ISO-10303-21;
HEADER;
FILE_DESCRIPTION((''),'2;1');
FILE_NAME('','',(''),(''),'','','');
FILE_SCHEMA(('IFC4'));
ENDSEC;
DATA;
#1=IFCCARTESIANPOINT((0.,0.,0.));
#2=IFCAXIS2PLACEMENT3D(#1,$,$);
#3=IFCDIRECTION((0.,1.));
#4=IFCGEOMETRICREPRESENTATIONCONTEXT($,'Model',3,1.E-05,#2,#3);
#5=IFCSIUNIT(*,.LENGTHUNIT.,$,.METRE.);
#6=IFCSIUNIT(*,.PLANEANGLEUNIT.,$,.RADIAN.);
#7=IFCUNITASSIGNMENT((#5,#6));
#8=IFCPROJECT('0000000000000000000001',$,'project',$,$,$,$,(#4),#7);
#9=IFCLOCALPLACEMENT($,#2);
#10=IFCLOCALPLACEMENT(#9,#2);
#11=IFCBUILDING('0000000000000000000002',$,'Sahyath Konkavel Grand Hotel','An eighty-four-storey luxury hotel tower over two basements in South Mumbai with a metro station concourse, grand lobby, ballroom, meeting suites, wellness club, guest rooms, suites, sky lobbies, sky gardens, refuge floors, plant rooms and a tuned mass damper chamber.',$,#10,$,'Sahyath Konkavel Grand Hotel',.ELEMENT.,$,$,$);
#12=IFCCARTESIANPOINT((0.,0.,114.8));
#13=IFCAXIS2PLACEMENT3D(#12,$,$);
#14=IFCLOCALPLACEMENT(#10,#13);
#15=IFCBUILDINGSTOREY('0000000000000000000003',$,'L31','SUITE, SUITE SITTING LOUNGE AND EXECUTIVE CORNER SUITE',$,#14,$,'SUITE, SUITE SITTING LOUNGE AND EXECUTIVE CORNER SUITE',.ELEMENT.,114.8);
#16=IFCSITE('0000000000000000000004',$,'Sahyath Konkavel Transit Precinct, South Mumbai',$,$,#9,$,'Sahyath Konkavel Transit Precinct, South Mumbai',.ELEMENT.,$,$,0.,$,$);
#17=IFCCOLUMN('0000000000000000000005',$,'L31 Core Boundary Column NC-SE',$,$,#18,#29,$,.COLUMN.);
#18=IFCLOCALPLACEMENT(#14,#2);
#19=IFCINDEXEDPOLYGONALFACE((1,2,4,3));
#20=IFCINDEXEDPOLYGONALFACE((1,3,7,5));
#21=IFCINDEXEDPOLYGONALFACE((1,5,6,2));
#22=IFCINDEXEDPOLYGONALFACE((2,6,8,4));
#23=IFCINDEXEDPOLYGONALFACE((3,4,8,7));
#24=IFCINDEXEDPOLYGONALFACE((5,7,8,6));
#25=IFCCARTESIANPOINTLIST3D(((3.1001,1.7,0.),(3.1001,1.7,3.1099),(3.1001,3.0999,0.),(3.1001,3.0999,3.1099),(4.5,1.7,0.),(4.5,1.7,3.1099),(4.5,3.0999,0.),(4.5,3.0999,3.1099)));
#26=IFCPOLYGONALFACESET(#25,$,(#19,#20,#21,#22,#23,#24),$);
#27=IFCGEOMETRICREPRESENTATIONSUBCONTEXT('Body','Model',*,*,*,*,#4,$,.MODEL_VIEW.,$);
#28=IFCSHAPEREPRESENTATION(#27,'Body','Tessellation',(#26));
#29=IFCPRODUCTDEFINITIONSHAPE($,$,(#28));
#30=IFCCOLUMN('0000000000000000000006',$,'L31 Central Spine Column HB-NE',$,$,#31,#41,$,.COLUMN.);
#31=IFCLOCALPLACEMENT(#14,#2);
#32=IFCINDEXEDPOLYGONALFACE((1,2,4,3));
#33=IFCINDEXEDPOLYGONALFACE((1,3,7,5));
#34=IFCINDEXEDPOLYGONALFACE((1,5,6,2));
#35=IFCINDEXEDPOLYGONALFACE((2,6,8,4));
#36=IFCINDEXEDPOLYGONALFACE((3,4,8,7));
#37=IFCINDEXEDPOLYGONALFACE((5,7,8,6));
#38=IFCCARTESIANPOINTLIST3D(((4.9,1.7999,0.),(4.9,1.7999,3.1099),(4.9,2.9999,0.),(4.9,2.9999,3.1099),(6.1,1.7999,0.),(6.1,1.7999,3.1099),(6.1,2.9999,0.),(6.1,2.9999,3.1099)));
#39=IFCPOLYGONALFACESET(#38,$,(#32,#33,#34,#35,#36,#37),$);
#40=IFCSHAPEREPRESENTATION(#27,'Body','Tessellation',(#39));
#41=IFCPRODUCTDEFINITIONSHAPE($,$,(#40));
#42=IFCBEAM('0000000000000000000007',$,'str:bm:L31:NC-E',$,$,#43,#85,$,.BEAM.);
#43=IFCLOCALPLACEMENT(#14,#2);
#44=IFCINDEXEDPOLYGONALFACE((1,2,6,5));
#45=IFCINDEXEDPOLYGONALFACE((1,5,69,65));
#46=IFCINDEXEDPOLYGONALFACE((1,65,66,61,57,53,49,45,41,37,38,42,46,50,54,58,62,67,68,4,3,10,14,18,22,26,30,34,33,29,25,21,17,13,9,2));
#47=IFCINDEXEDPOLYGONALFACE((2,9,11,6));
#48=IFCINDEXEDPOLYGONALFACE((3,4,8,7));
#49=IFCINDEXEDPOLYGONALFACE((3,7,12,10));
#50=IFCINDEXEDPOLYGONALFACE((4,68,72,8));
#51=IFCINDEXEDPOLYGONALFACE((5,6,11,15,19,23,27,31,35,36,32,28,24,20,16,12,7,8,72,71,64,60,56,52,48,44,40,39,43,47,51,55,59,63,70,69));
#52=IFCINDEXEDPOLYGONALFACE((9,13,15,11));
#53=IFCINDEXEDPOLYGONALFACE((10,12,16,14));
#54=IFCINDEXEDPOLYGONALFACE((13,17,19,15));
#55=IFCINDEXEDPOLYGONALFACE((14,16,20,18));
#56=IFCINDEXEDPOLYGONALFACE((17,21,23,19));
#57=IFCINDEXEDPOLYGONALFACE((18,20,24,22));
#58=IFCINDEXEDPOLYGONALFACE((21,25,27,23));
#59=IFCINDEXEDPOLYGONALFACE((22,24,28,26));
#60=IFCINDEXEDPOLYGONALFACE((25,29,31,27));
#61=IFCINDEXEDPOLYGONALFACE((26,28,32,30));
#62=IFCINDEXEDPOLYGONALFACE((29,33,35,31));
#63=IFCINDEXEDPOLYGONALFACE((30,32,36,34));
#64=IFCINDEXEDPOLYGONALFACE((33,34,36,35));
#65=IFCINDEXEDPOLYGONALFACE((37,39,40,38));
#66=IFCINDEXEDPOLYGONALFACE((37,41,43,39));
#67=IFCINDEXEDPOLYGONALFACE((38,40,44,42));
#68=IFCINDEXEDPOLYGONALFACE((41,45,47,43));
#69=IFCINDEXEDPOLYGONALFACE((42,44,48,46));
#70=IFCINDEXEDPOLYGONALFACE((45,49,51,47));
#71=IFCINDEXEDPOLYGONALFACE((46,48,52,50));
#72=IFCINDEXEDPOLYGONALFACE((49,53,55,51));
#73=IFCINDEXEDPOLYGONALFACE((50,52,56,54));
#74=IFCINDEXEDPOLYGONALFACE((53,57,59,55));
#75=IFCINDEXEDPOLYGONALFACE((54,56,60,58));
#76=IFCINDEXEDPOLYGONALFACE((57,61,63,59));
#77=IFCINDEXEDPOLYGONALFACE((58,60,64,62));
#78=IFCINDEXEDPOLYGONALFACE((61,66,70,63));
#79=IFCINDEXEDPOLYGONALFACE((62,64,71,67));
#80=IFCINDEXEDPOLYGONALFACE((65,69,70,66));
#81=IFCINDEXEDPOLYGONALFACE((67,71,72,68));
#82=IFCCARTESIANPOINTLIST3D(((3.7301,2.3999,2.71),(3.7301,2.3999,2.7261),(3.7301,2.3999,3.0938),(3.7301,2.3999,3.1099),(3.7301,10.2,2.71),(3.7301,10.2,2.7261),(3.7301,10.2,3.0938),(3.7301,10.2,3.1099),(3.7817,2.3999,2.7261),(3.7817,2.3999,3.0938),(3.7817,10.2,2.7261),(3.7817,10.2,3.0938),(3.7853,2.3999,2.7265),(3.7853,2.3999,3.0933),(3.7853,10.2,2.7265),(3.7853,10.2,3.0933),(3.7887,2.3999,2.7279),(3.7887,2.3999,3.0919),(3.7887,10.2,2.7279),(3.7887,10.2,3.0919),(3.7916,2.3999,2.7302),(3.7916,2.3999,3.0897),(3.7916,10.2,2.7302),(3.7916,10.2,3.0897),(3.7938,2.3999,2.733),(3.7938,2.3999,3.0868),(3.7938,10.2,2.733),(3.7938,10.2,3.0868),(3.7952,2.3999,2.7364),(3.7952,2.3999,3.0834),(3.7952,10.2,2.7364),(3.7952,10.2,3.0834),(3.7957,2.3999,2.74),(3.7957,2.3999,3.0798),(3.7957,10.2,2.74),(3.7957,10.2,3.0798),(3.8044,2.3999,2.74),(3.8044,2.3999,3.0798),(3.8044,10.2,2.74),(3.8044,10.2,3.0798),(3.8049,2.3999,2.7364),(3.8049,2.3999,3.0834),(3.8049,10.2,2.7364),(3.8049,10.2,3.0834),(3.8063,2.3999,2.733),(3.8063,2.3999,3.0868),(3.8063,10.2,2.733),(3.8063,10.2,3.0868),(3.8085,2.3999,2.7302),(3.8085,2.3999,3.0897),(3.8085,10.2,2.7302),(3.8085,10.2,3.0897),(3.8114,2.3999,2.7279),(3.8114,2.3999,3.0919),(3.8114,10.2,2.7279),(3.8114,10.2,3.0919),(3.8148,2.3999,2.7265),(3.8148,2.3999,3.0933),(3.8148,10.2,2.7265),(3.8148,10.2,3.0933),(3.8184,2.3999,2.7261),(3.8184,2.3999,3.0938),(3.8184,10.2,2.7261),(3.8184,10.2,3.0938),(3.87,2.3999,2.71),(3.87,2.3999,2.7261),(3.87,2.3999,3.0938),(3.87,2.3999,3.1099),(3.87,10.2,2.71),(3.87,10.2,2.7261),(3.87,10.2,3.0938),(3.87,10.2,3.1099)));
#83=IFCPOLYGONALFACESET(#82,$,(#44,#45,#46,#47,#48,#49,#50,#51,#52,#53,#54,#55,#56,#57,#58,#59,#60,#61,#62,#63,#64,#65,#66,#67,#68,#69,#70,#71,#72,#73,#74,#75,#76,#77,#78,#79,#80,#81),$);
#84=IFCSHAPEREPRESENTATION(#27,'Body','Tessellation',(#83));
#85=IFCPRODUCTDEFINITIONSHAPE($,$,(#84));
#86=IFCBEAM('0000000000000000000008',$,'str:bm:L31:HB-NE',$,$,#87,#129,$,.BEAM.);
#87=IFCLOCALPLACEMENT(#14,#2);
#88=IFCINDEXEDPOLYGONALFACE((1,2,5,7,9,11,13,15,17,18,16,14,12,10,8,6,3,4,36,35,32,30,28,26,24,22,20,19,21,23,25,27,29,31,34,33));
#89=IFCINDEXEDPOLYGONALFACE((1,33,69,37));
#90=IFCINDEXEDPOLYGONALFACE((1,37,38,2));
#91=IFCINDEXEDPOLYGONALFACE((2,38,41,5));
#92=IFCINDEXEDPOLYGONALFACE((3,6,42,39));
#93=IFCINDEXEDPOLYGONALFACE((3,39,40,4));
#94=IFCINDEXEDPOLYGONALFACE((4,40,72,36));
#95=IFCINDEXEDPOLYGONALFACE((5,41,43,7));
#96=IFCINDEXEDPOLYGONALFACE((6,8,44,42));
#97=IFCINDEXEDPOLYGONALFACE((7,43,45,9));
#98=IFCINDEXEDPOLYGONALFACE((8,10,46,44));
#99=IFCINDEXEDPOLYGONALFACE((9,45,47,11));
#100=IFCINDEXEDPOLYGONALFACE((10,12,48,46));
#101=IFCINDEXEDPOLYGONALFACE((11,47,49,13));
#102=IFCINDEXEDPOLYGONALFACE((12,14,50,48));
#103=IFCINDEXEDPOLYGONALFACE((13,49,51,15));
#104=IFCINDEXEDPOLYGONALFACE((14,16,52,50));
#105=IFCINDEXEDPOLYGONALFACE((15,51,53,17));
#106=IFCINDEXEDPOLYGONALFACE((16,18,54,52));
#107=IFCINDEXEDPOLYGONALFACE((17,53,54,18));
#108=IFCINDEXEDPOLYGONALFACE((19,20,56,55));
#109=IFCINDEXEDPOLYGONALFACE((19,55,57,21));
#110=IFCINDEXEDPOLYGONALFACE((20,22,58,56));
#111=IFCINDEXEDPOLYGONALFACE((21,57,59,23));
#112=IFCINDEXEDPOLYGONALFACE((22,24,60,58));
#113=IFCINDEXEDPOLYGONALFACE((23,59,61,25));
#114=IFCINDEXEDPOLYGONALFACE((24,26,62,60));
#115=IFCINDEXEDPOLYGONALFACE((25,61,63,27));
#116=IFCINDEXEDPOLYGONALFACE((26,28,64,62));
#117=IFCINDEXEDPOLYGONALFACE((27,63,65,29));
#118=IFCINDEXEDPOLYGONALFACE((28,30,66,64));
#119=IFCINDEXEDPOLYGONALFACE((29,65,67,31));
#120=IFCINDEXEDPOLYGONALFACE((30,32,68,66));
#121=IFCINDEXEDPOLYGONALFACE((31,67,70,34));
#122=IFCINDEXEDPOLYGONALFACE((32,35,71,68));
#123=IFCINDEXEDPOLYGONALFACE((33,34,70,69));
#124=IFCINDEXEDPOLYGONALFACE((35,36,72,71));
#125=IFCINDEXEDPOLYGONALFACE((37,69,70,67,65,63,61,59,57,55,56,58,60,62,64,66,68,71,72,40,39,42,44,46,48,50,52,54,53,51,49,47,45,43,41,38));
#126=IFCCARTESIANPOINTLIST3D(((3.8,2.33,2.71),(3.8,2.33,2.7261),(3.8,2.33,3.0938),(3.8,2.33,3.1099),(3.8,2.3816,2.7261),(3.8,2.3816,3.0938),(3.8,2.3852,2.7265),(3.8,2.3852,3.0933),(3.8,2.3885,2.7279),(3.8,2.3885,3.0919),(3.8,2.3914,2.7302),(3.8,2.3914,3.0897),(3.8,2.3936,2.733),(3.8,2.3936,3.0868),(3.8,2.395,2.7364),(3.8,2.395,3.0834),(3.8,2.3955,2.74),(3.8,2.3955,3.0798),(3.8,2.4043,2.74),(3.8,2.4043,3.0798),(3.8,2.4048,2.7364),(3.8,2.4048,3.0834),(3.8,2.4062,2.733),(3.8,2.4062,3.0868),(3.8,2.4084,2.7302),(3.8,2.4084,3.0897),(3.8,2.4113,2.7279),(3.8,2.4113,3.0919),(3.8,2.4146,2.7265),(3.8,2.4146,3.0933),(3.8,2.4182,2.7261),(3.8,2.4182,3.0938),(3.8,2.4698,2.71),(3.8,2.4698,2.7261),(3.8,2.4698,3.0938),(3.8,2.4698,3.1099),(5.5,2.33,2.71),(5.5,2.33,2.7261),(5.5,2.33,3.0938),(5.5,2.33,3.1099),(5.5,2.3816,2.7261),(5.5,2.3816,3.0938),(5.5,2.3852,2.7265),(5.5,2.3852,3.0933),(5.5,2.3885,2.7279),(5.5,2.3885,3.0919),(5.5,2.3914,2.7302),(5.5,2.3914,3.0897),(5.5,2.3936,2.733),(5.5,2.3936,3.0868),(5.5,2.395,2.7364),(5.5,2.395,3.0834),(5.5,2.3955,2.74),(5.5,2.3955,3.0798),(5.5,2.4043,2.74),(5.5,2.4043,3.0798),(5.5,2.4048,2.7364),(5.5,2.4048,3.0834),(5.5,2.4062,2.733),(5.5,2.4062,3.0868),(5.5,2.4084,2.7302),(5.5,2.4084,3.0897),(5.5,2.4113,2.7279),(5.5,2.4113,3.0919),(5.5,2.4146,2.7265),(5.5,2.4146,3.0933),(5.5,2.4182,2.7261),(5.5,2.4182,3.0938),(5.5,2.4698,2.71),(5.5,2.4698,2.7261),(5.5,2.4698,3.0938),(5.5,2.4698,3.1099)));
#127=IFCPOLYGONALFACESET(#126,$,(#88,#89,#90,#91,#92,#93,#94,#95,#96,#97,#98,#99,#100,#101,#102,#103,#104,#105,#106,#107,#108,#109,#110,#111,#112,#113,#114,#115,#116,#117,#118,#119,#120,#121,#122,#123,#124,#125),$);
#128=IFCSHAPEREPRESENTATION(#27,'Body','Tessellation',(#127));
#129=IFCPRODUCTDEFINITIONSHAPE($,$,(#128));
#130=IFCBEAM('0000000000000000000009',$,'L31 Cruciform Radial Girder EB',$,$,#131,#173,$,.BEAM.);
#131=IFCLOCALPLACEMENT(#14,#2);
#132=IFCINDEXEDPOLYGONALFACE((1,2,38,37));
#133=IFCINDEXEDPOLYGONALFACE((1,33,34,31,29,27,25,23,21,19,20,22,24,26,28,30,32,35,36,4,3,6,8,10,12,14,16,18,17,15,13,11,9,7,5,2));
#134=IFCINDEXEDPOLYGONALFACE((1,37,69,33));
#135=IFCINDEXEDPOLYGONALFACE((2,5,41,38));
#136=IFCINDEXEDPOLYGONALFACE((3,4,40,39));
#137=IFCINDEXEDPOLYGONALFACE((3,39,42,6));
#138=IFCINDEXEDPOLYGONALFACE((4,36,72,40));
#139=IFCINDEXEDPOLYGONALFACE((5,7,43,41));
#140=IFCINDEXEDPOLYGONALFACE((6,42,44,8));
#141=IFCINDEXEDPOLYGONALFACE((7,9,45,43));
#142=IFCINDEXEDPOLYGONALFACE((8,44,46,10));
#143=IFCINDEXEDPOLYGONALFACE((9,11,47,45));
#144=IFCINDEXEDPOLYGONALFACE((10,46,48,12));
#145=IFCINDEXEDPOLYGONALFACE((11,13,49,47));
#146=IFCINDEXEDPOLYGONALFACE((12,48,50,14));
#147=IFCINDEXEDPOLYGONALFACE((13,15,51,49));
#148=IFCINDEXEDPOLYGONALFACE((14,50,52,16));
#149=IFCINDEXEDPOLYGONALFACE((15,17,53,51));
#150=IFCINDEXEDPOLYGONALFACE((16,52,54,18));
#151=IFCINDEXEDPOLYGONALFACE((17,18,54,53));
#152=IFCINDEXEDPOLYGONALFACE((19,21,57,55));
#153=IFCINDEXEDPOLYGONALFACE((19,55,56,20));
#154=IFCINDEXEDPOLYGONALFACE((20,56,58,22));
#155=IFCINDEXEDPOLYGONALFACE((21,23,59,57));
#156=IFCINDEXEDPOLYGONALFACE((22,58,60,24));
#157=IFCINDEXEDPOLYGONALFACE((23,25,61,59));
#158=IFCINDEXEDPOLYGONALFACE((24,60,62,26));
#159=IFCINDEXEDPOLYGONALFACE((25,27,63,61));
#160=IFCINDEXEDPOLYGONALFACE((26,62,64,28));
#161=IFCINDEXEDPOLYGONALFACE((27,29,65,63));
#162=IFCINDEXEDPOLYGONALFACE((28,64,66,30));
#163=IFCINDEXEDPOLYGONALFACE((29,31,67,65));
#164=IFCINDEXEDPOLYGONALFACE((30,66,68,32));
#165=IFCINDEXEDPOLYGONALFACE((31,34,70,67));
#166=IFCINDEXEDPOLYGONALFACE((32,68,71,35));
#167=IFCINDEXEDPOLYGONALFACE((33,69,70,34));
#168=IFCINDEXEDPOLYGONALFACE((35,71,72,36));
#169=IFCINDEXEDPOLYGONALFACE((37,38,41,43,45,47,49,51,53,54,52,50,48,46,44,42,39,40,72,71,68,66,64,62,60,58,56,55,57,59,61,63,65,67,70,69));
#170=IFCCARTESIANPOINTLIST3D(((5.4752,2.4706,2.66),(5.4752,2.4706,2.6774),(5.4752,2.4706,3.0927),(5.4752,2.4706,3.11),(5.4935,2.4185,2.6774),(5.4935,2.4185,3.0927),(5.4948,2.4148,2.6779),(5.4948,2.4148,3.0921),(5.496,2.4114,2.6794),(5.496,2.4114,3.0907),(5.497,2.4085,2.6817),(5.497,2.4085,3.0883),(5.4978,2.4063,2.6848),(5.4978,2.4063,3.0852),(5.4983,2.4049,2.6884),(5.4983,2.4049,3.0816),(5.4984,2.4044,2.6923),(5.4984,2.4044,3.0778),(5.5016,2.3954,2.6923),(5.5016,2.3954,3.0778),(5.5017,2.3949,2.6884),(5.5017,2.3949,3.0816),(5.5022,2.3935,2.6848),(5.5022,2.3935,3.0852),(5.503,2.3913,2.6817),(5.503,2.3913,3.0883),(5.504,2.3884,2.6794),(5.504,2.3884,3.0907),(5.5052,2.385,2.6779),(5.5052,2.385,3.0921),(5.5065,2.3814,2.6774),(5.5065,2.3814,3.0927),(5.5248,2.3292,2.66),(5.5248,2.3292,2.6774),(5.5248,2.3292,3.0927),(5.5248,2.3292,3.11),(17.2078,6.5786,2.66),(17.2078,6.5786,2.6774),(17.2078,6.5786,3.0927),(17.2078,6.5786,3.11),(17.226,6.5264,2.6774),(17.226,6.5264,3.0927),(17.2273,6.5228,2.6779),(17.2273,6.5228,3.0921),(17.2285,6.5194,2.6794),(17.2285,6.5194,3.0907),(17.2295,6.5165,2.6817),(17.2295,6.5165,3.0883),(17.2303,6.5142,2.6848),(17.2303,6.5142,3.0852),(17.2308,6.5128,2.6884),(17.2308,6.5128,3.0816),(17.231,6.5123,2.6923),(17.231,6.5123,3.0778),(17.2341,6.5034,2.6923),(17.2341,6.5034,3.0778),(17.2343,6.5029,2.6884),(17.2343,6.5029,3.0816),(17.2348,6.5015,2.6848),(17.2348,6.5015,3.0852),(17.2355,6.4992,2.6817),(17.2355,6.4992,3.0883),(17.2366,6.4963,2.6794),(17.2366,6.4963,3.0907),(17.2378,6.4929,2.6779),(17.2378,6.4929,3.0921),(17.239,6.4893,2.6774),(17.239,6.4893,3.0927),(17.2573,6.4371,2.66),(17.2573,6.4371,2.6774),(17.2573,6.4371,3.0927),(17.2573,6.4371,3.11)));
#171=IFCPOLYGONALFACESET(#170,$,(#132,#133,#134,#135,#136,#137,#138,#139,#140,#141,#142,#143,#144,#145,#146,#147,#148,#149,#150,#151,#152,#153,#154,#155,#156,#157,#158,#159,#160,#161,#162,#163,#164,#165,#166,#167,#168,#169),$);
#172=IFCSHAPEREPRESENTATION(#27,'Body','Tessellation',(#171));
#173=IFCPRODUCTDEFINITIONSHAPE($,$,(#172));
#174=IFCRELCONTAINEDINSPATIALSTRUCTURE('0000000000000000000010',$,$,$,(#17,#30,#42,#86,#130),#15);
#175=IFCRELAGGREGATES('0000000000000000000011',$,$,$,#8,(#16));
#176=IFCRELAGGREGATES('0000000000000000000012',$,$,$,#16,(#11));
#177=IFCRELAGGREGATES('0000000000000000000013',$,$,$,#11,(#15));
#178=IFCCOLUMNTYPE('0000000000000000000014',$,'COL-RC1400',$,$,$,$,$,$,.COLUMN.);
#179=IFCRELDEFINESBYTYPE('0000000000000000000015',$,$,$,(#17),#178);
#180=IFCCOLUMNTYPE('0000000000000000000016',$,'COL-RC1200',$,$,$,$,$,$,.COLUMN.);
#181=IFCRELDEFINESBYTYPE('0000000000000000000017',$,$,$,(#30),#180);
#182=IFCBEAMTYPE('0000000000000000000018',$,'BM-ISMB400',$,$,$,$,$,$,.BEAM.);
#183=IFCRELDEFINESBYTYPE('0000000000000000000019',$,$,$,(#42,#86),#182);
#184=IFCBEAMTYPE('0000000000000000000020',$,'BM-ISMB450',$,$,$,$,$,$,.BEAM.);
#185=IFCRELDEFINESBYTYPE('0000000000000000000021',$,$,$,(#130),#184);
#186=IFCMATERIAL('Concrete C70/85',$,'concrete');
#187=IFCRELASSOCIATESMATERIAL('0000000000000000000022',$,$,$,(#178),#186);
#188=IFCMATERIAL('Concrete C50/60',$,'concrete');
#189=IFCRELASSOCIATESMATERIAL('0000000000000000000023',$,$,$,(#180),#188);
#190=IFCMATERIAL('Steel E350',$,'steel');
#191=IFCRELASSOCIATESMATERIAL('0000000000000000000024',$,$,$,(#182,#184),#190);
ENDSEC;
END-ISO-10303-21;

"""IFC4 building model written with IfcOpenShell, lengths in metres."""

from ifc_helpers import new_model, si_unit, direction, frame, origin, origin_2d, place, context, subcontext, project, spatial, rectangle, i_section, extrude, source, transform, mapped, material, material_profile, profile_set, type_object, element, save


model = new_model("IFC4")

# Units and contexts
model_context = context("Model", 3, precision=1e-05, world=origin(), true_north=direction((0.0, 1.0)))
body_context = subcontext(model_context, "Body", "Model", "MODEL_VIEW")
ifc_project = project(units=[si_unit("LENGTHUNIT", "METRE"), si_unit("PLANEANGLEUNIT", "RADIAN")], contexts=[model_context])

# Site, building, storey
site_placement = place(None, origin())
site = spatial("IfcSite", under=ifc_project, at=site_placement, Name="Sahyath Konkavel Transit Precinct, South Mumbai", LongName="Sahyath Konkavel Transit Precinct, South Mumbai", CompositionType="ELEMENT", RefElevation=0.0)
building_placement = place(site_placement, origin())
building = spatial("IfcBuilding", under=site, at=building_placement, Name="Sahyath Konkavel Grand Hotel", Description="An eighty-four-storey luxury hotel tower over two basements in South Mumbai with a metro station concourse, grand lobby, ballroom, meeting suites, wellness club, guest rooms, suites, sky lobbies, sky gardens, refuge floors, plant rooms and a tuned mass damper chamber.", LongName="Sahyath Konkavel Grand Hotel", CompositionType="ELEMENT")
storey_placement = place(building_placement, frame((0.0, 0.0, 114.8)))
storey = spatial("IfcBuildingStorey", under=building, at=storey_placement, Name="L31", Description="SUITE, SUITE SITTING LOUNGE AND EXECUTIVE CORNER SUITE", LongName="SUITE, SUITE SITTING LOUNGE AND EXECUTIVE CORNER SUITE", CompositionType="ELEMENT", Elevation=114.8)

# Columns
ifc_material_1 = material(Name="Concrete C70/85", Category="concrete")
ifc_material_profile_1 = material_profile(ifc_material_1, rectangle(XDim=1.3999, YDim=1.3999, at=origin_2d()), Name="RC 1400x1400")
ifc_profile_set_1 = profile_set([ifc_material_profile_1], Name="Concrete C70/85")
column_type_1 = type_object("IfcColumnType", Name="COL-RC1400", PredefinedType="COLUMN", material=ifc_profile_set_1)
shared_shape_1 = source(origin(), body_context, "Body", "SweptSolid", [
    extrude(rectangle(XDim=1.3999, YDim=1.3999, at=origin_2d()), origin(), (0.0, 0.0, 1.0), 3.1099),
])
column_1_placement = place(storey_placement, frame((3.8, 2.3999, 0.0), z_axis=(0.0, 0.0, 1.0), x_axis=(1.0, 0.0, 0.0)))
element("IfcColumn", 1, at=column_1_placement, inside=storey, type_object=column_type_1, Name="L31 Core Boundary Column NC-SE", PredefinedType="COLUMN", context=body_context, shape_type="MappedRepresentation", body=[
    mapped(shared_shape_1, transform((0.0, 0.0, 0.0), scale=1.0)),
])
ifc_material_2 = material(Name="Concrete C50/60", Category="concrete")
ifc_material_profile_2 = material_profile(ifc_material_2, rectangle(XDim=1.2, YDim=1.2, at=origin_2d()), Name="RC 1200x1200")
ifc_profile_set_2 = profile_set([ifc_material_profile_2], Name="Concrete C50/60")
column_type_2 = type_object("IfcColumnType", Name="COL-RC1200", PredefinedType="COLUMN", material=ifc_profile_set_2)
shared_shape_2 = source(origin(), body_context, "Body", "SweptSolid", [
    extrude(rectangle(XDim=1.2, YDim=1.2, at=origin_2d()), origin(), (0.0, 0.0, 1.0), 3.1099),
])
column_2_placement = place(storey_placement, frame((5.5, 2.3999, 0.0), z_axis=(0.0, 0.0, 1.0), x_axis=(1.0, 0.0, 0.0)))
element("IfcColumn", 2, at=column_2_placement, inside=storey, type_object=column_type_2, Name="L31 Central Spine Column HB-NE", PredefinedType="COLUMN", context=body_context, shape_type="MappedRepresentation", body=[
    mapped(shared_shape_2, transform((0.0, 0.0, 0.0), scale=1.0)),
])

# Beams
ifc_material_3 = material(Name="Steel E350", Category="steel")
ifc_material_profile_3 = material_profile(ifc_material_3, i_section(OverallWidth=0.1399, OverallDepth=0.3999, WebThickness=0.0088, FlangeThickness=0.0161, FilletRadius=0.0139, at=origin_2d()), Name="ISMB 400")
ifc_profile_set_3 = profile_set([ifc_material_profile_3], Name="Steel E350")
beam_type_1 = type_object("IfcBeamType", Name="BM-ISMB400", PredefinedType="BEAM", material=ifc_profile_set_3)
shared_shape_3 = source(origin(), body_context, "Body", "SweptSolid", [
    extrude(i_section(OverallWidth=0.1399, OverallDepth=0.3999, WebThickness=0.0088, FlangeThickness=0.0161, FilletRadius=0.0139, at=origin_2d()), origin(), (0.0, 0.0, 1.0), 7.8),
])
beam_1_placement = place(storey_placement, frame((3.8, 2.3999, 2.9099), z_axis=(0.0, 1.0, 0.0), x_axis=(-1.0, 0.0, 0.0)))
element("IfcBeam", 3, at=beam_1_placement, inside=storey, type_object=beam_type_1, Name="str:bm:L31:NC-E", PredefinedType="BEAM", context=body_context, shape_type="MappedRepresentation", body=[
    mapped(shared_shape_3, transform((0.0, 0.0, 0.0), scale=1.0)),
])
shared_shape_4 = source(origin(), body_context, "Body", "SweptSolid", [
    extrude(i_section(OverallWidth=0.1399, OverallDepth=0.3999, WebThickness=0.0088, FlangeThickness=0.0161, FilletRadius=0.0139, at=origin_2d()), origin(), (0.0, 0.0, 1.0), 1.7),
])
beam_2_placement = place(storey_placement, frame((3.8, 2.3999, 2.9099), z_axis=(1.0, 0.0, 0.0), x_axis=(0.0, 1.0, 0.0)))
element("IfcBeam", 4, at=beam_2_placement, inside=storey, type_object=beam_type_1, Name="str:bm:L31:HB-NE", PredefinedType="BEAM", context=body_context, shape_type="MappedRepresentation", body=[
    mapped(shared_shape_4, transform((0.0, 0.0, 0.0), scale=1.0)),
])
ifc_material_profile_4 = material_profile(ifc_material_3, i_section(OverallWidth=0.1499, OverallDepth=0.45, WebThickness=0.0095, FlangeThickness=0.0173, FilletRadius=0.0149, at=origin_2d()), Name="ISMB 450")
ifc_profile_set_4 = profile_set([ifc_material_profile_4], Name="Steel E350")
beam_type_2 = type_object("IfcBeamType", Name="BM-ISMB450", PredefinedType="BEAM", material=ifc_profile_set_4)
shared_shape_5 = source(origin(), body_context, "Body", "SweptSolid", [
    extrude(i_section(OverallWidth=0.1499, OverallDepth=0.45, WebThickness=0.0095, FlangeThickness=0.0173, FilletRadius=0.0149, at=origin_2d()), origin(), (0.0, 0.0, 1.0), 12.4309),
])
beam_3_placement = place(storey_placement, frame((5.5, 2.3999, 2.885), z_axis=(0.943819, 0.330462, 0.0), x_axis=(-0.330462, 0.943819, 0.0)))
element("IfcBeam", 5, at=beam_3_placement, inside=storey, type_object=beam_type_2, Name="L31 Cruciform Radial Girder EB", PredefinedType="BEAM", context=body_context, shape_type="MappedRepresentation", body=[
    mapped(shared_shape_5, transform((0.0, 0.0, 0.0), scale=1.0)),
])

save(model, "model.ifc")
